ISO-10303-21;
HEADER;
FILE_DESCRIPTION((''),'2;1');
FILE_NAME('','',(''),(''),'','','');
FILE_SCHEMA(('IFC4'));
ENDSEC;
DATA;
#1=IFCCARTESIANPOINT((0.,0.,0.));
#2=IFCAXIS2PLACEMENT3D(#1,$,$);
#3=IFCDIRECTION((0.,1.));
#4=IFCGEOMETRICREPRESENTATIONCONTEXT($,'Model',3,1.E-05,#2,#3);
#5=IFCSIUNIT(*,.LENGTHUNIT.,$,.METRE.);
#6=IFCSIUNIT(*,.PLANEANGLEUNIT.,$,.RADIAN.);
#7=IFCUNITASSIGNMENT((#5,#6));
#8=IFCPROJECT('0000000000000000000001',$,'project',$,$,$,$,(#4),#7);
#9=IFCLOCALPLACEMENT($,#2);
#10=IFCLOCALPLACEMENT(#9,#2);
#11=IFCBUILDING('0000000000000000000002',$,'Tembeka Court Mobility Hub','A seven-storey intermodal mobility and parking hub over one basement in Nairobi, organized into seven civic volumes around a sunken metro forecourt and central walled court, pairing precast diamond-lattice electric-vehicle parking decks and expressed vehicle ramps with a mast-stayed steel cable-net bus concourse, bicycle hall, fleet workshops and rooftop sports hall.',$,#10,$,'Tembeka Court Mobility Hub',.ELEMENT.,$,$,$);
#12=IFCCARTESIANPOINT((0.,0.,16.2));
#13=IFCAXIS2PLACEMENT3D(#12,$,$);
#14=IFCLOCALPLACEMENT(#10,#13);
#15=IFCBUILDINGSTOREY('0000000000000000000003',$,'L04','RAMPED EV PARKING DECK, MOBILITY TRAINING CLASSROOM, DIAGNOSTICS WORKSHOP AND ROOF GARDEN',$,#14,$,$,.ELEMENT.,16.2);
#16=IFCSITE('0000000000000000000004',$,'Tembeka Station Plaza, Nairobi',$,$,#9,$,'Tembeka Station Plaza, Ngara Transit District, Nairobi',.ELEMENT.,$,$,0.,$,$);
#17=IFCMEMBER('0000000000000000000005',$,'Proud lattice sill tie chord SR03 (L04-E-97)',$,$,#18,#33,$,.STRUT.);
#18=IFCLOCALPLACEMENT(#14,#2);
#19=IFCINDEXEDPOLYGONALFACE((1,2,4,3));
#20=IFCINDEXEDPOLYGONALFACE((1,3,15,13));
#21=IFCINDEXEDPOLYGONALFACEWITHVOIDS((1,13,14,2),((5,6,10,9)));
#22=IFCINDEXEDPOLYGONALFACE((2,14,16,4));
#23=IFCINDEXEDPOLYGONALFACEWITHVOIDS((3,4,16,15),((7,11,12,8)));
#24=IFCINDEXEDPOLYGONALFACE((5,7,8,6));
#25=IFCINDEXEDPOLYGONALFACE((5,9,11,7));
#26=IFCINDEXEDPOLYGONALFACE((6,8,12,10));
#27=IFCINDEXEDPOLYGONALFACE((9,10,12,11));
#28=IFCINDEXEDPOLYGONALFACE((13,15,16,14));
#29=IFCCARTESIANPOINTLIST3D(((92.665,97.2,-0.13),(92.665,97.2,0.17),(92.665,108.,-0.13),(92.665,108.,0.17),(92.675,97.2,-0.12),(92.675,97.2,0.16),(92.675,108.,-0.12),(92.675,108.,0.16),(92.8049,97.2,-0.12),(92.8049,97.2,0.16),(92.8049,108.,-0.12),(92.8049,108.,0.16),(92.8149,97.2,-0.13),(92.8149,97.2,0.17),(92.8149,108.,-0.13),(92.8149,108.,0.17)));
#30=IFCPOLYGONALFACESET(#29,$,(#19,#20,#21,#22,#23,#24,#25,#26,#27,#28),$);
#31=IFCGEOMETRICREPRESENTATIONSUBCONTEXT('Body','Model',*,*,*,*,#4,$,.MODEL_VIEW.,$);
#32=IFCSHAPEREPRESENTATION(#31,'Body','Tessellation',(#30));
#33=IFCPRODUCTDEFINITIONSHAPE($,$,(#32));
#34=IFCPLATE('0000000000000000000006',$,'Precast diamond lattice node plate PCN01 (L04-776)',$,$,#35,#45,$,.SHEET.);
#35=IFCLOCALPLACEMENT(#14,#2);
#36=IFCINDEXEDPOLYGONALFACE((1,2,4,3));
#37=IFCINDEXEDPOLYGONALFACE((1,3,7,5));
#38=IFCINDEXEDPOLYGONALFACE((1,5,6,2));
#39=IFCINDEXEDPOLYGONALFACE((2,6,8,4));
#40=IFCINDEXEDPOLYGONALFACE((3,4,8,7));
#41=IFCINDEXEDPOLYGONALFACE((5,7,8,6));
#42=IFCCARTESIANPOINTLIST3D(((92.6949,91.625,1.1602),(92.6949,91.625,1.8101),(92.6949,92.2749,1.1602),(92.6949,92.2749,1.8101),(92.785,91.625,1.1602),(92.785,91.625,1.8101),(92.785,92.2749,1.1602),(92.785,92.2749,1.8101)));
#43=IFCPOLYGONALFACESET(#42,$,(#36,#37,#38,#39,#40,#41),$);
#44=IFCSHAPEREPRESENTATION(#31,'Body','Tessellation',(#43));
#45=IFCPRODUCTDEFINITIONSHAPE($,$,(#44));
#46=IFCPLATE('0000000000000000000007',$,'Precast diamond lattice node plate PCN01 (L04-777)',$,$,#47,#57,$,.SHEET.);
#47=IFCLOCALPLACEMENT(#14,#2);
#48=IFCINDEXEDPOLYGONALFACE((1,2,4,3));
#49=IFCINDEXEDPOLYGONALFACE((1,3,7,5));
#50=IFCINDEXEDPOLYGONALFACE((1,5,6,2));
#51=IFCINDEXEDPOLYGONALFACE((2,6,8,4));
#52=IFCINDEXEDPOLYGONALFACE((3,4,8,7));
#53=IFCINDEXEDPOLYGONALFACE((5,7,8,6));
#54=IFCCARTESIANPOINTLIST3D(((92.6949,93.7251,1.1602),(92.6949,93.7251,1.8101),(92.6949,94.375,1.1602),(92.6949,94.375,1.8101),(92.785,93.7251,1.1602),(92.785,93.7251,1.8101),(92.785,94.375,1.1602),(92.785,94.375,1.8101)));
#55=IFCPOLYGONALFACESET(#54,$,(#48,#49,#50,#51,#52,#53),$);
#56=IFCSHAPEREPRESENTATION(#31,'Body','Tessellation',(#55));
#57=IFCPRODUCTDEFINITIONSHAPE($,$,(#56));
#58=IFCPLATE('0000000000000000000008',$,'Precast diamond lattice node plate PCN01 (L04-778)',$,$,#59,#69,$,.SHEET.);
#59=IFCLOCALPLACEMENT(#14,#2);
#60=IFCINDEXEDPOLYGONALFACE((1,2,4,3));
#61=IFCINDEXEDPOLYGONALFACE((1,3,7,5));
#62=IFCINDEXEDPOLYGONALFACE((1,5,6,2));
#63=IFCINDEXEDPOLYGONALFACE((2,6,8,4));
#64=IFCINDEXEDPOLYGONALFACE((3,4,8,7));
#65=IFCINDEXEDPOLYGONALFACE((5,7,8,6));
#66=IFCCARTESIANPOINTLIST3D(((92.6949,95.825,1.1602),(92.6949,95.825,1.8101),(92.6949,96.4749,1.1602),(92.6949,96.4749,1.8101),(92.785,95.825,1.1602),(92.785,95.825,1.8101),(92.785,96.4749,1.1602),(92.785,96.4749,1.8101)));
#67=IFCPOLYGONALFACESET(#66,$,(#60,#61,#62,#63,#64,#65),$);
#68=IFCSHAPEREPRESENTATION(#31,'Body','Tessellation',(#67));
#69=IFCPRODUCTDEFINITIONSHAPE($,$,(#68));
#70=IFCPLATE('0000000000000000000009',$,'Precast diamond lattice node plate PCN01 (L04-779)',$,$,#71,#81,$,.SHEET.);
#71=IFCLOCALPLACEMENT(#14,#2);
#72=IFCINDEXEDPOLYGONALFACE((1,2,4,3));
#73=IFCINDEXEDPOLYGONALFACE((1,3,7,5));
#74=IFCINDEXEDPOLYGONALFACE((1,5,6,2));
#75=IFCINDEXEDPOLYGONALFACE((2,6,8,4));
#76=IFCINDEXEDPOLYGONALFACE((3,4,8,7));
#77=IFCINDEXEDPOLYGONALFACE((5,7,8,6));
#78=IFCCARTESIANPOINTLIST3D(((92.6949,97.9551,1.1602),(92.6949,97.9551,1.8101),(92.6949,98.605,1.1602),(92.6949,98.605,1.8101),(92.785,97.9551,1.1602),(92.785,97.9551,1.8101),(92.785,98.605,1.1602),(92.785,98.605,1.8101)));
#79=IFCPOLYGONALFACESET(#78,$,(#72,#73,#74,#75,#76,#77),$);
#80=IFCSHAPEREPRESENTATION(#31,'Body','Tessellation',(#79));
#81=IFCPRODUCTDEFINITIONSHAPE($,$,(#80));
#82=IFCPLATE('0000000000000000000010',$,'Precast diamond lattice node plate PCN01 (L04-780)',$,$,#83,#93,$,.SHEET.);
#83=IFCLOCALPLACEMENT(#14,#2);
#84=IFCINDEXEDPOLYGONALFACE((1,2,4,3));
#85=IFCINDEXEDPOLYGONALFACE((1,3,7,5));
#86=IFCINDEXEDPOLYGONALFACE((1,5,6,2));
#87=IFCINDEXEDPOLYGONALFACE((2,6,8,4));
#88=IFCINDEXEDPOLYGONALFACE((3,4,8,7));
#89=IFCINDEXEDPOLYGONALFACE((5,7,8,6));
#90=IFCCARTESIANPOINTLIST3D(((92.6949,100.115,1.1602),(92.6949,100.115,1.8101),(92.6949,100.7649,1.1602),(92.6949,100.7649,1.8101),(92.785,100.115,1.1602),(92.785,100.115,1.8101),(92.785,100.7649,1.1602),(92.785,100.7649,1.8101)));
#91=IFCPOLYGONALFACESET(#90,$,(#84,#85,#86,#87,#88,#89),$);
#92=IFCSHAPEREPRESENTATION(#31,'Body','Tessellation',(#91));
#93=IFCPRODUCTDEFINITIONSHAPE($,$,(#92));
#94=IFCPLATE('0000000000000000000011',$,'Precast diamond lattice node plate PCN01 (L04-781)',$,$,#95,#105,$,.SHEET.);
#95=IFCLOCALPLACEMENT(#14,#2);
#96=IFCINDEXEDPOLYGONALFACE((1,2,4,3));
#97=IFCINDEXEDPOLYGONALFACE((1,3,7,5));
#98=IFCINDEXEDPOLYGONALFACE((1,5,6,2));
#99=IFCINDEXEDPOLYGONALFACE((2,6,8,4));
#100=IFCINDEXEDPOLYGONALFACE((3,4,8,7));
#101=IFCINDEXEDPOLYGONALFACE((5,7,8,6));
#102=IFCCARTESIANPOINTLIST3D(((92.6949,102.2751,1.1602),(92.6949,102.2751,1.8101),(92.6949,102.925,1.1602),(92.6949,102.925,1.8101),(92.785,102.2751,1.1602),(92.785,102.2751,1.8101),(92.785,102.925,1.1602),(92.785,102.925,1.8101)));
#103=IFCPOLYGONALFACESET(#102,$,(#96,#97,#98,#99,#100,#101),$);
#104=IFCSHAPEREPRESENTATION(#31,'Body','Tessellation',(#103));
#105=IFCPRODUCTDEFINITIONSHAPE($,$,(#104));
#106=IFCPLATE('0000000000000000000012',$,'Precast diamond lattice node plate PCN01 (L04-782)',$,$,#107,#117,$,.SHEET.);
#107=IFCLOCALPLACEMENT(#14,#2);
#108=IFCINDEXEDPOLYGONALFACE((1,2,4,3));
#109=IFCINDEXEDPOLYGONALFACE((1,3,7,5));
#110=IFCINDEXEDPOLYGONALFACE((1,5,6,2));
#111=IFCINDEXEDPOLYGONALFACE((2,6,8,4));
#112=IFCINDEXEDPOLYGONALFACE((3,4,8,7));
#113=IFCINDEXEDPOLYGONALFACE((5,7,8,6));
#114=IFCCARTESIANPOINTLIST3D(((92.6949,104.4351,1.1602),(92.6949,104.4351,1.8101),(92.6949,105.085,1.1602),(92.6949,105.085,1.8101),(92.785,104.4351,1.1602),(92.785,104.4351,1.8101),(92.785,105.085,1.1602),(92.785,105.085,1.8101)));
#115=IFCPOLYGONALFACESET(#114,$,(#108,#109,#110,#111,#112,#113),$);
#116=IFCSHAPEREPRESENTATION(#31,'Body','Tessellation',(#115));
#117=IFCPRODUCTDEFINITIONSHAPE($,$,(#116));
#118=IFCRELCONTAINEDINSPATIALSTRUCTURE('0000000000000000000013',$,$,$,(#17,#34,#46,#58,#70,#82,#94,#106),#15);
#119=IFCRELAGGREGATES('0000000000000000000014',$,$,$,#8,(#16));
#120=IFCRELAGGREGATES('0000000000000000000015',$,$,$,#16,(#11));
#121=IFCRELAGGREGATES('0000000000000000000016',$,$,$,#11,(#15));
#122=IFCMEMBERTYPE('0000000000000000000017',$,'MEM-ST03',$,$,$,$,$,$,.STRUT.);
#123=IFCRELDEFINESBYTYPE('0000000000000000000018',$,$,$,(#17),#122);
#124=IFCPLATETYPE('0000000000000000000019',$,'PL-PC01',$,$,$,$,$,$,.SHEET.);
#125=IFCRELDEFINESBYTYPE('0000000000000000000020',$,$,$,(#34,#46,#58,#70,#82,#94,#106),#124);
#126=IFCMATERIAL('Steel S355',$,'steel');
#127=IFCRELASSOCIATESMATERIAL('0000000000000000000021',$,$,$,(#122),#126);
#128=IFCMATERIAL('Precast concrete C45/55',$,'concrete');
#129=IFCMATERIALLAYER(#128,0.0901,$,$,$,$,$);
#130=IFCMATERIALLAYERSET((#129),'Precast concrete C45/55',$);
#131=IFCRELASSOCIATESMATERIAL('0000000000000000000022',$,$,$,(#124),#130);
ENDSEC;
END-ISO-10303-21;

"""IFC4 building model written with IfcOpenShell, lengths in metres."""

from ifc_helpers import new_model, si_unit, direction, frame, origin, origin_2d, place, context, subcontext, project, spatial, rectangle, hollow_rectangle, extrude, material, layer, layer_set, material_profile, profile_set, type_object, element, save


model = new_model("IFC4")

# Units and contexts
model_context = context("Model", 3, precision=1e-05, world=origin(), true_north=direction((0.0, 1.0)))
body_context = subcontext(model_context, "Body", "Model", "MODEL_VIEW")
ifc_project = project(units=[si_unit("LENGTHUNIT", "METRE"), si_unit("PLANEANGLEUNIT", "RADIAN")], contexts=[model_context])

# Site, building, storey
site_placement = place(None, origin())
site = spatial("IfcSite", under=ifc_project, at=site_placement, Name="Tembeka Station Plaza, Nairobi", LongName="Tembeka Station Plaza, Ngara Transit District, Nairobi", CompositionType="ELEMENT", RefElevation=0.0)
building_placement = place(site_placement, origin())
building = spatial("IfcBuilding", under=site, at=building_placement, Name="Tembeka Court Mobility Hub", Description="A seven-storey intermodal mobility and parking hub over one basement in Nairobi, organized into seven civic volumes around a sunken metro forecourt and central walled court, pairing precast diamond-lattice electric-vehicle parking decks and expressed vehicle ramps with a mast-stayed steel cable-net bus concourse, bicycle hall, fleet workshops and rooftop sports hall.", LongName="Tembeka Court Mobility Hub", CompositionType="ELEMENT")
storey_placement = place(building_placement, frame((0.0, 0.0, 16.2)))
storey = spatial("IfcBuildingStorey", under=building, at=storey_placement, Name="L04", Description="RAMPED EV PARKING DECK, MOBILITY TRAINING CLASSROOM, DIAGNOSTICS WORKSHOP AND ROOF GARDEN", CompositionType="ELEMENT", Elevation=16.2)

# Shared definitions
ifc_material_1 = material(Name="Steel S355", Category="steel")

# Member
ifc_material_2 = material(Name="Precast concrete C45/55", Category="concrete")
ifc_material_profile_1 = material_profile(ifc_material_1, hollow_rectangle(XDim=0.1499, YDim=0.3, WallThickness=0.01, at=origin_2d()), Name="RHS 300x150x10")
ifc_profile_set_1 = profile_set([ifc_material_profile_1], Name="Steel S355")
member_type_1 = type_object("IfcMemberType", Name="MEM-ST03", PredefinedType="STRUT", material=ifc_profile_set_1)
member_1_placement = place(storey_placement, frame((92.74, 97.2, 0.02), z_axis=(0.0, 1.0, 0.0), x_axis=(-1.0, 0.0, 0.0)))
element("IfcMember", 1, at=member_1_placement, inside=storey, type_object=member_type_1, Name="Proud lattice sill tie chord SR03 (L04-E-97)", PredefinedType="STRUT", context=body_context, shape_type="SweptSolid", body=[
    extrude(hollow_rectangle(XDim=0.1499, YDim=0.3, WallThickness=0.01, at=origin_2d()), origin(), (0.0, 0.0, 1.0), 10.8),
])

# Plates
ifc_layer = layer(ifc_material_2, 0.0901)
ifc_layer_set = layer_set([ifc_layer], Name="Precast concrete C45/55")
plate_type = type_object("IfcPlateType", Name="PL-PC01", PredefinedType="SHEET", material=ifc_layer_set)
for number, where, z_axis, x_axis, name in (
    (2, (92.74, 91.95, 1.1602), (0.0, 0.0, 1.0), (1.0, 0.0, 0.0), "Precast diamond lattice node plate PCN01 (L04-776)"),
    (3, (92.74, 94.05, 1.1602), (0.0, 0.0, 1.0), (1.0, 0.0, 0.0), "Precast diamond lattice node plate PCN01 (L04-777)"),
    (4, (92.74, 96.1499, 1.1602), (0.0, 0.0, 1.0), (1.0, 0.0, 0.0), "Precast diamond lattice node plate PCN01 (L04-778)"),
    (5, (92.74, 98.28, 1.1602), (0.0, 0.0, 1.0), (1.0, 0.0, 0.0), "Precast diamond lattice node plate PCN01 (L04-779)"),
    (6, (92.74, 100.4399, 1.1602), (0.0, 0.0, 1.0), (1.0, 0.0, 0.0), "Precast diamond lattice node plate PCN01 (L04-780)"),
    (7, (92.74, 102.6001, 1.1602), (0.0, 0.0, 1.0), (1.0, 0.0, 0.0), "Precast diamond lattice node plate PCN01 (L04-781)"),
    (8, (92.74, 104.76, 1.1602), (0.0, 0.0, 1.0), (1.0, 0.0, 0.0), "Precast diamond lattice node plate PCN01 (L04-782)"),
):
    element("IfcPlate", number, at=place(storey_placement, frame(where, z_axis=z_axis, x_axis=x_axis)), inside=storey, type_object=plate_type, Name=name, PredefinedType="SHEET", context=body_context, shape_type="SweptSolid", body=[
        extrude(rectangle(XDim=0.0901, YDim=0.6499, at=origin_2d()), origin(), (0.0, 0.0, 1.0), 0.6499),
    ])

save(model, "model.ifc")
